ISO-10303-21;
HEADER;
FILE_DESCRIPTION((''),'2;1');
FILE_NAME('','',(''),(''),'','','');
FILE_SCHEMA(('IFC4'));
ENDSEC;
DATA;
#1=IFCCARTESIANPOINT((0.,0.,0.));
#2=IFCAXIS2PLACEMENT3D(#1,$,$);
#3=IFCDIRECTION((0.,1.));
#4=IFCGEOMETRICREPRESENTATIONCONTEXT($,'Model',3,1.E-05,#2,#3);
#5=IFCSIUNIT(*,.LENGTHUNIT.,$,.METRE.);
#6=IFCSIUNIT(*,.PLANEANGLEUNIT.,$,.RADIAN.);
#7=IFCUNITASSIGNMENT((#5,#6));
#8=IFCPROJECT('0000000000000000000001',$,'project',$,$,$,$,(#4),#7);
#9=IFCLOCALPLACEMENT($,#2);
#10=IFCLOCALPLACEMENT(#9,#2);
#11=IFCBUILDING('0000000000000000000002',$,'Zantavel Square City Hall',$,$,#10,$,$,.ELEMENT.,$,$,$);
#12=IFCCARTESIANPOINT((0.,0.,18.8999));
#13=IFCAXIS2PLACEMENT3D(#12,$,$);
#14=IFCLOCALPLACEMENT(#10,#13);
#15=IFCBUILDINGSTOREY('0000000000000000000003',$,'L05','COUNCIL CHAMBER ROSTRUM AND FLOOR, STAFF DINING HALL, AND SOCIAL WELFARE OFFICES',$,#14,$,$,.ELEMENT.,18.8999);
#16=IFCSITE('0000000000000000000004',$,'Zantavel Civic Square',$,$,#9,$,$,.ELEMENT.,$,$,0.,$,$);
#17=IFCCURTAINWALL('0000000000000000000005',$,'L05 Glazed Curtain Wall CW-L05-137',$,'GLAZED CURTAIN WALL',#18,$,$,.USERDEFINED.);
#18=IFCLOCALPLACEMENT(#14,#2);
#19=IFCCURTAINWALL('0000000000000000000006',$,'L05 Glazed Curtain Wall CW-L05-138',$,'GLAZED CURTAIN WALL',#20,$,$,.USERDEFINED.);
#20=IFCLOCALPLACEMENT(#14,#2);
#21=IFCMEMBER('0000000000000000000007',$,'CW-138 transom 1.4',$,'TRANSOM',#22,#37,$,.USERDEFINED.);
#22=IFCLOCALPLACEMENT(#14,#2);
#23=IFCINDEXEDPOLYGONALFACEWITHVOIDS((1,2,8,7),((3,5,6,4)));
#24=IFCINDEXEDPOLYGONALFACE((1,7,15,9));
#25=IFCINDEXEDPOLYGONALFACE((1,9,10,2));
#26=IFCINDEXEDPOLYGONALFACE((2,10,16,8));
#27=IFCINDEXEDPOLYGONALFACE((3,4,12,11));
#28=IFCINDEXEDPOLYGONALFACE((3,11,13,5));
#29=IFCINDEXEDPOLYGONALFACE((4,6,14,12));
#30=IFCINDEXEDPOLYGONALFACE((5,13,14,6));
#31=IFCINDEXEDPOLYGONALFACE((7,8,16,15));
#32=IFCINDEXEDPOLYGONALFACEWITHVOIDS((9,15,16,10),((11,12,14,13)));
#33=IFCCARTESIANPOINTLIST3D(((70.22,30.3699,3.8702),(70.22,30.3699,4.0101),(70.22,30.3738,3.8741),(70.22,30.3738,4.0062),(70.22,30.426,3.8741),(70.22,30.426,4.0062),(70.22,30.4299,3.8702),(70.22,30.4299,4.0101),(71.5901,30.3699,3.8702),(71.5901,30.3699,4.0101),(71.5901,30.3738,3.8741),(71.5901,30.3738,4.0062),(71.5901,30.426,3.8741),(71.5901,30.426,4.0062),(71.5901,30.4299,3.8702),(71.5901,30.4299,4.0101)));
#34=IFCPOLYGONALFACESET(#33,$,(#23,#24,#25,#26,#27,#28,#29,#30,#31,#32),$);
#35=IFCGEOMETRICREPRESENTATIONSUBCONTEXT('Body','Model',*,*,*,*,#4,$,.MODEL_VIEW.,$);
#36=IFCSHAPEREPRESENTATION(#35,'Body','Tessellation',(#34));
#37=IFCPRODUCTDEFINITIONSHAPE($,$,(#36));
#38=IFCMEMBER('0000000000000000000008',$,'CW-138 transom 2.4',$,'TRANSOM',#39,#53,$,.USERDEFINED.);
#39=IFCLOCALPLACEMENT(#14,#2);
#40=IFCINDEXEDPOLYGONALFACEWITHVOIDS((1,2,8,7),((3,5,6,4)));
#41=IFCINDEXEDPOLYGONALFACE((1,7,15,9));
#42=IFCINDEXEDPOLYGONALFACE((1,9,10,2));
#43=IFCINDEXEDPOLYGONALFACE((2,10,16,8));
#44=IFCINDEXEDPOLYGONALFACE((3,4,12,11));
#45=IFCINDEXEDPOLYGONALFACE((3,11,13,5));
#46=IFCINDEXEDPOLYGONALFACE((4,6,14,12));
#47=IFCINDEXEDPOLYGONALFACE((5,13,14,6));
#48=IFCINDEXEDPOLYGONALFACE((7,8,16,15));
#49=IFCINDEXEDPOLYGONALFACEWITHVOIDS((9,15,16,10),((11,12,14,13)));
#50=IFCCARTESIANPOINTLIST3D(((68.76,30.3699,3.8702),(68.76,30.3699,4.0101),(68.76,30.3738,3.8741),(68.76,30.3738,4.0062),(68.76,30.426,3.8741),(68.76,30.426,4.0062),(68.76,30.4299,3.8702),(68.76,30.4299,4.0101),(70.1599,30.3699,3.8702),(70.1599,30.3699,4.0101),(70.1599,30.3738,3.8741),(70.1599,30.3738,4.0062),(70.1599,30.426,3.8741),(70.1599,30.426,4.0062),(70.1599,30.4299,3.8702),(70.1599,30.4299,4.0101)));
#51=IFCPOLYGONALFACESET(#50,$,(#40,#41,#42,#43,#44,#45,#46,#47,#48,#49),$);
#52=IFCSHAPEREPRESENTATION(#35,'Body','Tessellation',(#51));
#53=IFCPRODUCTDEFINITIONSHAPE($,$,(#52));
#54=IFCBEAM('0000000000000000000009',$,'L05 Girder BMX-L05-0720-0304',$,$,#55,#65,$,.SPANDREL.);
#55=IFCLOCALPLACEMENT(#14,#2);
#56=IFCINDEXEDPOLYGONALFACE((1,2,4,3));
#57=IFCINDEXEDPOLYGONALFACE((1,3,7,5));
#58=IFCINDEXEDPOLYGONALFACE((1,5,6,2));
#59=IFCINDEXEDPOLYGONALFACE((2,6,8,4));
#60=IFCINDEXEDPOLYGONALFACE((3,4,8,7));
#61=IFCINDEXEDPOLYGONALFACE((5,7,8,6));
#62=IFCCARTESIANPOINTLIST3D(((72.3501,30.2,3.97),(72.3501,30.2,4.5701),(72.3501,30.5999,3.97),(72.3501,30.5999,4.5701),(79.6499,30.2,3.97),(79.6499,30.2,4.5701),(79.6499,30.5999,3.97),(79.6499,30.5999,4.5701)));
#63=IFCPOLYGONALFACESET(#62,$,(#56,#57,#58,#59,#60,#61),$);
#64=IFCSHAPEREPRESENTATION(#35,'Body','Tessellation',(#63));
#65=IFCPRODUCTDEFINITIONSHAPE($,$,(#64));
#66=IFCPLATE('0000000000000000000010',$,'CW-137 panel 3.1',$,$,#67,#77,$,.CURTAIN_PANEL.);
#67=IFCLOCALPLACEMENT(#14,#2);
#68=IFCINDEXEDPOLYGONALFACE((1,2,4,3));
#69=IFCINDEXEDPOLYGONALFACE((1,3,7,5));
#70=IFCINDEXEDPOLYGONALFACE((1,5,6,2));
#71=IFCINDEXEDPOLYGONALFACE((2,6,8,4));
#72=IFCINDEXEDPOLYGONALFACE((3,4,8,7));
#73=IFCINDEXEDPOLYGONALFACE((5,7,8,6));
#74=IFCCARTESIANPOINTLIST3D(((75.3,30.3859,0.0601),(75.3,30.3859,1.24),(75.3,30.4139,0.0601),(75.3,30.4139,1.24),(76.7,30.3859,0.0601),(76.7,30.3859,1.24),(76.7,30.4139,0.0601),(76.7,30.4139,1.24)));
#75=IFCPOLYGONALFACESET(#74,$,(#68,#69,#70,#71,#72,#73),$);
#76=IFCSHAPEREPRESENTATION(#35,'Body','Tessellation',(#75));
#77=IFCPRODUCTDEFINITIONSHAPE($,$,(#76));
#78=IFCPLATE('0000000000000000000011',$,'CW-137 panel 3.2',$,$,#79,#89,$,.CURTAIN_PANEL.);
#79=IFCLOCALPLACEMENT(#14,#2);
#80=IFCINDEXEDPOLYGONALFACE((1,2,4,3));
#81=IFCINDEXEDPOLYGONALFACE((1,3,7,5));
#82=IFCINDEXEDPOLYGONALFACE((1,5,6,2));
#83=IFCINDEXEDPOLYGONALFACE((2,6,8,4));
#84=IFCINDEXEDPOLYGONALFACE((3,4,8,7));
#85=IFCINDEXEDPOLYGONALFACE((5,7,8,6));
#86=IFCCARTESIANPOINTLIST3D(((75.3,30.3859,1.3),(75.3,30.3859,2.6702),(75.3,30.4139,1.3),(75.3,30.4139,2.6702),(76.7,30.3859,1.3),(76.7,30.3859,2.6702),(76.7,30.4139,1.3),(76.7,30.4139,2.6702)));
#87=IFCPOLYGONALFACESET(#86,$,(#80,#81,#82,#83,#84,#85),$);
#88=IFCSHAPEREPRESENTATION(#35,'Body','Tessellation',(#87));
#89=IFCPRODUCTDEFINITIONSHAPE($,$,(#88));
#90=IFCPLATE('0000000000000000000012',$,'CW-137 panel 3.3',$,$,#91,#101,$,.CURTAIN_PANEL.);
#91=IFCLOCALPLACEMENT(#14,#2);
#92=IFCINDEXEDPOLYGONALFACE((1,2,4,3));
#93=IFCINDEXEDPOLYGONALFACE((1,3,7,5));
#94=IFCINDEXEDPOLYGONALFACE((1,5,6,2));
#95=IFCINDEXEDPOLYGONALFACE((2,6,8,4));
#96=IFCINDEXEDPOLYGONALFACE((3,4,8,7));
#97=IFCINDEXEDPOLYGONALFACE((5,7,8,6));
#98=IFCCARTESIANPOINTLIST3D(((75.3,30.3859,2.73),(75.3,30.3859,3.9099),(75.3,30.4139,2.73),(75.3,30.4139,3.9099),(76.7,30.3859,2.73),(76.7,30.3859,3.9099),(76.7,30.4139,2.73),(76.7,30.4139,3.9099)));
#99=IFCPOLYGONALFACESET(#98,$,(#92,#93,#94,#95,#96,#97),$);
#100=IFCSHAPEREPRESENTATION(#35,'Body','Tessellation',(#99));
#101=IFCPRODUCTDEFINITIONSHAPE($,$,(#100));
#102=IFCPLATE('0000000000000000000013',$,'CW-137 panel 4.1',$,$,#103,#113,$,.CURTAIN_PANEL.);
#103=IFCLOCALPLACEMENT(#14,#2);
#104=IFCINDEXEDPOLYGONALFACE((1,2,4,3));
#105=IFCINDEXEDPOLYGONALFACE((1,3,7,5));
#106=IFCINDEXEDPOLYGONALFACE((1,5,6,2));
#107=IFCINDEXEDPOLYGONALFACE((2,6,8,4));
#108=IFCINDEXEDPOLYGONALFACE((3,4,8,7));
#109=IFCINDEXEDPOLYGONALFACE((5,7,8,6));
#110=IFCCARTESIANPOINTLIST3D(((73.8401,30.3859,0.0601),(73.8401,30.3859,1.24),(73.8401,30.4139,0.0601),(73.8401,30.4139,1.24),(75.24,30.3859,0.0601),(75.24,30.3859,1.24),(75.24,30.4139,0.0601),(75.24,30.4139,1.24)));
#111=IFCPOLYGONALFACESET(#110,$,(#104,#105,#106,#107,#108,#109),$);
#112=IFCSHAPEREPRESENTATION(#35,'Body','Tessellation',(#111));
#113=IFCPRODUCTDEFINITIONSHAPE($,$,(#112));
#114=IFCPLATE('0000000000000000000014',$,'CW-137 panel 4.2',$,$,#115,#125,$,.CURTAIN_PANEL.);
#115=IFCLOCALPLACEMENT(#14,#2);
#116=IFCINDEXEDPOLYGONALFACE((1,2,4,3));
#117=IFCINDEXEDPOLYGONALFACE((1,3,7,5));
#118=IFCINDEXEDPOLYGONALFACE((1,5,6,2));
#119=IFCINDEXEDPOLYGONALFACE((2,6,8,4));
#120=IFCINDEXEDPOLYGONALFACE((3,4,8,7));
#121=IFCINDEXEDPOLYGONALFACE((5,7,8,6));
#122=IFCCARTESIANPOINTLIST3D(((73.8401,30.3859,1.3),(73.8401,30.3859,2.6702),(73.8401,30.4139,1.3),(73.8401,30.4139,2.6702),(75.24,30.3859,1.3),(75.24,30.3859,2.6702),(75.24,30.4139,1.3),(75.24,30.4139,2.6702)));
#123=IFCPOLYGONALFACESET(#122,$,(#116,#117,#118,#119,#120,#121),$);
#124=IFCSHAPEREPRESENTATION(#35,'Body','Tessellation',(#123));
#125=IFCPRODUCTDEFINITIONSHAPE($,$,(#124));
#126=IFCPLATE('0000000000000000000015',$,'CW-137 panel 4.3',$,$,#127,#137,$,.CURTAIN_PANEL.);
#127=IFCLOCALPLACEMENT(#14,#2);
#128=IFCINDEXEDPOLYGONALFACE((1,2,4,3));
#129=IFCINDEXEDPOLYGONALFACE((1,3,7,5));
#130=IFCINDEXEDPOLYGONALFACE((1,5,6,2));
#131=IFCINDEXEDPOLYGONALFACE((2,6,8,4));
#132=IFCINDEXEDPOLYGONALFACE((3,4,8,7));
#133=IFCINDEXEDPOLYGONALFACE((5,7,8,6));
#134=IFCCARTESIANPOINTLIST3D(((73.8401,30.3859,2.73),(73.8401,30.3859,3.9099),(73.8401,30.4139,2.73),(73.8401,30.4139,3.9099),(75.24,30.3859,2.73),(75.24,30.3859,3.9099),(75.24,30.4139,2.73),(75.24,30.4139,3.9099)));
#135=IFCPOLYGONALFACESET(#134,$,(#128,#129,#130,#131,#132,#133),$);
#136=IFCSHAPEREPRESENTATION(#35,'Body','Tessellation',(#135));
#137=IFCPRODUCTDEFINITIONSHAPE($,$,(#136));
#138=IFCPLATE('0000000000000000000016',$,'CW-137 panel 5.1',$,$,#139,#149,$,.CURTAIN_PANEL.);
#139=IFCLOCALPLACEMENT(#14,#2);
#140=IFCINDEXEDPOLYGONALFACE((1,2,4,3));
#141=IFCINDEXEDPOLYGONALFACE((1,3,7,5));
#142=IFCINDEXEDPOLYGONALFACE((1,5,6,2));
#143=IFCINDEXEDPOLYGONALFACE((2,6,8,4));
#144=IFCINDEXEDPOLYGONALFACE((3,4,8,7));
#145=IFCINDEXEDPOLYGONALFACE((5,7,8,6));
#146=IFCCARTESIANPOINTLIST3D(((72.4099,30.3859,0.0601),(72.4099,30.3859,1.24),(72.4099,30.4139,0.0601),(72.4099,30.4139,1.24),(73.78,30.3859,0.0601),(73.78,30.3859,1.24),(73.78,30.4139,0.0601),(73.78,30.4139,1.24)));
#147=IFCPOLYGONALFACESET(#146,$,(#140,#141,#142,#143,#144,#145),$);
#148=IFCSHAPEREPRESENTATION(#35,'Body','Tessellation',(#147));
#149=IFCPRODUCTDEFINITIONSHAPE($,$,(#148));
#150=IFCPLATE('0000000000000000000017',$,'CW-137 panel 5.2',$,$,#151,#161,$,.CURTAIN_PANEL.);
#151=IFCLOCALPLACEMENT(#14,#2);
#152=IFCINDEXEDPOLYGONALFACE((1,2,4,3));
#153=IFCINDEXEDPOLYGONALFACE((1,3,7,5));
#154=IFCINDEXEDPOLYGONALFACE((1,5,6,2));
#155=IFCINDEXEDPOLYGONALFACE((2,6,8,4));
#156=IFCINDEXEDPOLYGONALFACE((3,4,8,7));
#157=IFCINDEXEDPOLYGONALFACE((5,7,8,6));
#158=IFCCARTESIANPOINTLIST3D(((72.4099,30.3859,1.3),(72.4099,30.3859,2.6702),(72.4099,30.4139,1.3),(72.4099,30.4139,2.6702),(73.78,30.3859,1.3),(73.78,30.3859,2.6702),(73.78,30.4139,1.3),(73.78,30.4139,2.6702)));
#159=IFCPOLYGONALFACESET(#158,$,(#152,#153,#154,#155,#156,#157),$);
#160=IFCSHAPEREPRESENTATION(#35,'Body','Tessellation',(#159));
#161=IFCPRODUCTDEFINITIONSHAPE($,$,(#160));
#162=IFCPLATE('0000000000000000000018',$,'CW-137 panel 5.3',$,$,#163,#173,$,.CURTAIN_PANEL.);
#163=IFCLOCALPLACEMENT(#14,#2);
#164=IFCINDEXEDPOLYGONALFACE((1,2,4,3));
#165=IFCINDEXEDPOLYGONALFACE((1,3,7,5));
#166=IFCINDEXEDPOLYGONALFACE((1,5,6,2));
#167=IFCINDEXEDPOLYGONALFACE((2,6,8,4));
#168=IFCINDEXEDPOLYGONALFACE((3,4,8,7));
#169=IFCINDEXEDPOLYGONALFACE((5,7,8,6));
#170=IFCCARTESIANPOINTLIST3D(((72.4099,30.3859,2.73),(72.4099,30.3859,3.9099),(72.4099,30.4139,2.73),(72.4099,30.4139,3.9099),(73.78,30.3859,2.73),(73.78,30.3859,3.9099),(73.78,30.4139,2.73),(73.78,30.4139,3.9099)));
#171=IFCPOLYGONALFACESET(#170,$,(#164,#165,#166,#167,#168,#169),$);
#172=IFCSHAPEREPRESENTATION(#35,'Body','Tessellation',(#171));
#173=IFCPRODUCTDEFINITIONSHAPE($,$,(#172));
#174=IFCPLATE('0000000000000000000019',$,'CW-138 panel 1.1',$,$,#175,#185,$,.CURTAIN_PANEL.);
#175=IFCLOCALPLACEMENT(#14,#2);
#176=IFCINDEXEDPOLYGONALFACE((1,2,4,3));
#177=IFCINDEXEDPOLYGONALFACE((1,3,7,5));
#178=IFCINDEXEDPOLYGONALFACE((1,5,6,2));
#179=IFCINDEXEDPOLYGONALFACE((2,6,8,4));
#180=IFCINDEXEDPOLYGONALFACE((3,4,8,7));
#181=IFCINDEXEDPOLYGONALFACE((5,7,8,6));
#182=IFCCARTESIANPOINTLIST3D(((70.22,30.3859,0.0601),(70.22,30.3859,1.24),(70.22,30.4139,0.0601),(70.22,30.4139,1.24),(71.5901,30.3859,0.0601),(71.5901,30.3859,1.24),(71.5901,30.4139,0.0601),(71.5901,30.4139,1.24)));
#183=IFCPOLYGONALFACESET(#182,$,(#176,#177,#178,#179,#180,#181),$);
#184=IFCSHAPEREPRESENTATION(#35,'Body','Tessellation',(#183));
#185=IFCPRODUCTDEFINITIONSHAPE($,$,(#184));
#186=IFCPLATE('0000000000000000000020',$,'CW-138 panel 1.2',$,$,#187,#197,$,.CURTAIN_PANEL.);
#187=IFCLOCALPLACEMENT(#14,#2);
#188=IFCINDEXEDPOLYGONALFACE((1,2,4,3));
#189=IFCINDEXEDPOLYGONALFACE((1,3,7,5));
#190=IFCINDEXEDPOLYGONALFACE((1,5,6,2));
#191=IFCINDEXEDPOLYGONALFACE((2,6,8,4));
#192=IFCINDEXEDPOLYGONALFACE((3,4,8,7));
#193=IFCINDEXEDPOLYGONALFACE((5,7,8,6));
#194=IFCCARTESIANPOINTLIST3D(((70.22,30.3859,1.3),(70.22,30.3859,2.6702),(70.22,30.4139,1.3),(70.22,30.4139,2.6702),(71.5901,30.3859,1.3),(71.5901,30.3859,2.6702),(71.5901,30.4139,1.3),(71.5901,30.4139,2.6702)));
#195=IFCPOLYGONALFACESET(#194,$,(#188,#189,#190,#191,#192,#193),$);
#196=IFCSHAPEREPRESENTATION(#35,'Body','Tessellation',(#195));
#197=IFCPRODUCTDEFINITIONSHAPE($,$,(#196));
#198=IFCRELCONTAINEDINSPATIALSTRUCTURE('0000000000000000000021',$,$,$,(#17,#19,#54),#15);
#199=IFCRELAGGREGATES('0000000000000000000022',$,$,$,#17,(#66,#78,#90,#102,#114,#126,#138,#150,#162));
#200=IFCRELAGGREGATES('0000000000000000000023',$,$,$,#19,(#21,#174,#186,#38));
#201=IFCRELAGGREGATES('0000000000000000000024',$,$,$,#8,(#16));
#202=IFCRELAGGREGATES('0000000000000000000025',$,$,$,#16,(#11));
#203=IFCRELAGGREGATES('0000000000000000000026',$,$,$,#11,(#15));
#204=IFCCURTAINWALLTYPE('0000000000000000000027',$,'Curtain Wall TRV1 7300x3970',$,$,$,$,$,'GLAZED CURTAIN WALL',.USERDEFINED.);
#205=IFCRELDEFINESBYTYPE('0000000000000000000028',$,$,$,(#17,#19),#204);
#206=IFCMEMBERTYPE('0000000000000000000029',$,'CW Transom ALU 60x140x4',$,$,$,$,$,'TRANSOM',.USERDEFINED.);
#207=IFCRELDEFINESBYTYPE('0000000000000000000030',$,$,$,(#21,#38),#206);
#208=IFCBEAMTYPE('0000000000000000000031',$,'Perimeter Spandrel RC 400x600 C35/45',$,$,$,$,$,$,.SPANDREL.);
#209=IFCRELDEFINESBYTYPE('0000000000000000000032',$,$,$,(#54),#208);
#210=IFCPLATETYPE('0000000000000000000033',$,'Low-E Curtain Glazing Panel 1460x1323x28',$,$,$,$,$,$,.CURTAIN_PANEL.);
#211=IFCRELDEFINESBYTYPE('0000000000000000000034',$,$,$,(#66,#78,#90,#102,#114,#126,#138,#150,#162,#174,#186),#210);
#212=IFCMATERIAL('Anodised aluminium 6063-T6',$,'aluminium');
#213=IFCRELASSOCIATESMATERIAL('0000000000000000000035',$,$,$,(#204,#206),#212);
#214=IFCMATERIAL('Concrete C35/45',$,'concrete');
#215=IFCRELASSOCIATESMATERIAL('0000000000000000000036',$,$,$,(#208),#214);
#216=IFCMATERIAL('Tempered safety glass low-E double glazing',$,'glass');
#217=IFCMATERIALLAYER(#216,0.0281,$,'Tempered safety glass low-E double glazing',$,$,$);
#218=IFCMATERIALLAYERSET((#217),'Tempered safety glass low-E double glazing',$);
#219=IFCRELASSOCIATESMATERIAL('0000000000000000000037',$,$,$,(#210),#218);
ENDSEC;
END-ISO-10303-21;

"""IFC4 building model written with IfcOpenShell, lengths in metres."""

from ifc_helpers import new_model, si_unit, direction, frame, origin, origin_2d, place, context, subcontext, project, spatial, rectangle, hollow_rectangle, extrude, material, layer, layer_set, material_profile, profile_set, type_object, element, aggregate, save


model = new_model("IFC4")

# Units and contexts
model_context = context("Model", 3, precision=1e-05, world=origin(), true_north=direction((0.0, 1.0)))
body_context = subcontext(model_context, "Body", "Model", "MODEL_VIEW")
ifc_project = project(units=[si_unit("LENGTHUNIT", "METRE"), si_unit("PLANEANGLEUNIT", "RADIAN")], contexts=[model_context])

# Site, building, storey
site_placement = place(None, origin())
site = spatial("IfcSite", under=ifc_project, at=site_placement, Name="Zantavel Civic Square", CompositionType="ELEMENT", RefElevation=0.0)
building_placement = place(site_placement, origin())
building = spatial("IfcBuilding", under=site, at=building_placement, Name="Zantavel Square City Hall", CompositionType="ELEMENT")
storey_placement = place(building_placement, frame((0.0, 0.0, 18.8999)))
storey = spatial("IfcBuildingStorey", under=building, at=storey_placement, Name="L05", Description="COUNCIL CHAMBER ROSTRUM AND FLOOR, STAFF DINING HALL, AND SOCIAL WELFARE OFFICES", CompositionType="ELEMENT", Elevation=18.8999)

# Curtain walls
ifc_material_1 = material(Name="Anodised aluminium 6063-T6", Category="aluminium")
curtain_wall_type = type_object("IfcCurtainWallType", Name="Curtain Wall TRV1 7300x3970", ElementType="GLAZED CURTAIN WALL", PredefinedType="USERDEFINED", material=ifc_material_1)
curtain_wall_1_placement = place(storey_placement, origin())
curtain_wall_1 = element("IfcCurtainWall", 1, at=curtain_wall_1_placement, inside=storey, type_object=curtain_wall_type, Name="L05 Glazed Curtain Wall CW-L05-137", ObjectType="GLAZED CURTAIN WALL", PredefinedType="USERDEFINED")
curtain_wall_2_placement = place(storey_placement, origin())
curtain_wall_2 = element("IfcCurtainWall", 2, at=curtain_wall_2_placement, inside=storey, type_object=curtain_wall_type, Name="L05 Glazed Curtain Wall CW-L05-138", ObjectType="GLAZED CURTAIN WALL", PredefinedType="USERDEFINED")

# Members
ifc_material_profile_1 = material_profile(ifc_material_1, hollow_rectangle(XDim=0.0601, YDim=0.1399, WallThickness=0.0039, at=origin_2d()), Name="ALU 60x140x4")
ifc_profile_set_1 = profile_set([ifc_material_profile_1], Name="Anodised aluminium 6063-T6")
member_type_1 = type_object("IfcMemberType", Name="CW Transom ALU 60x140x4", ElementType="TRANSOM", PredefinedType="USERDEFINED", material=ifc_profile_set_1)
member_1_placement = place(storey_placement, frame((71.5901, 30.3999, 3.9402), z_axis=(-1.0, 0.0, 0.0), x_axis=(0.0, -1.0, 0.0)))
member_1 = element("IfcMember", 3, at=member_1_placement, type_object=member_type_1, Name="CW-138 transom 1.4", ObjectType="TRANSOM", PredefinedType="USERDEFINED", context=body_context, shape_type="SweptSolid", body=[
    extrude(hollow_rectangle(XDim=0.0601, YDim=0.1399, WallThickness=0.0039, at=origin_2d()), origin(), (0.0, 0.0, 1.0), 1.3701),
])
member_2_placement = place(storey_placement, frame((70.1599, 30.3999, 3.9402), z_axis=(-1.0, 0.0, 0.0), x_axis=(0.0, -1.0, 0.0)))
member_2 = element("IfcMember", 4, at=member_2_placement, type_object=member_type_1, Name="CW-138 transom 2.4", ObjectType="TRANSOM", PredefinedType="USERDEFINED", context=body_context, shape_type="SweptSolid", body=[
    extrude(hollow_rectangle(XDim=0.0601, YDim=0.1399, WallThickness=0.0039, at=origin_2d()), origin(), (0.0, 0.0, 1.0), 1.3999),
])

# Beam
ifc_material_2 = material(Name="Concrete C35/45", Category="concrete")
ifc_material_profile_2 = material_profile(ifc_material_2, rectangle(XDim=0.3999, YDim=0.6001, at=origin_2d()), Name="RC 400x600")
ifc_profile_set_2 = profile_set([ifc_material_profile_2], Name="Concrete C35/45")
beam_type = type_object("IfcBeamType", Name="Perimeter Spandrel RC 400x600 C35/45", PredefinedType="SPANDREL", material=ifc_profile_set_2)
beam_placement = place(storey_placement, frame((72.3501, 30.3999, 4.27), z_axis=(1.0, 0.0, 0.0), x_axis=(0.0, 1.0, 0.0)))
element("IfcBeam", 5, at=beam_placement, inside=storey, type_object=beam_type, Name="L05 Girder BMX-L05-0720-0304", PredefinedType="SPANDREL", context=body_context, shape_type="SweptSolid", body=[
    extrude(rectangle(XDim=0.3999, YDim=0.6001, at=origin_2d()), origin(), (0.0, 0.0, 1.0), 7.2998),
])

# Plates
ifc_material_3 = material(Name="Tempered safety glass low-E double glazing", Category="glass")
ifc_layer = layer(ifc_material_3, 0.0281, Name="Tempered safety glass low-E double glazing")
ifc_layer_set = layer_set([ifc_layer], Name="Tempered safety glass low-E double glazing")
plate_type = type_object("IfcPlateType", Name="Low-E Curtain Glazing Panel 1460x1323x28", PredefinedType="CURTAIN_PANEL", material=ifc_layer_set)
plate_1_placement = place(storey_placement, frame((76.0, 30.3999, 0.0601), z_axis=(0.0, 0.0, 1.0), x_axis=(-1.0, 0.0, 0.0)))
plate_1 = element("IfcPlate", 6, at=plate_1_placement, type_object=plate_type, Name="CW-137 panel 3.1", PredefinedType="CURTAIN_PANEL", context=body_context, shape_type="SweptSolid", body=[
    extrude(rectangle(XDim=1.3999, YDim=0.0281, at=origin_2d()), origin(), (0.0, 0.0, 1.0), 1.1799),
])
plate_2_placement = place(storey_placement, frame((76.0, 30.3999, 1.3), z_axis=(0.0, 0.0, 1.0), x_axis=(-1.0, 0.0, 0.0)))
plate_2 = element("IfcPlate", 7, at=plate_2_placement, type_object=plate_type, Name="CW-137 panel 3.2", PredefinedType="CURTAIN_PANEL", context=body_context, shape_type="SweptSolid", body=[
    extrude(rectangle(XDim=1.3999, YDim=0.0281, at=origin_2d()), origin(), (0.0, 0.0, 1.0), 1.3701),
])
plate_3_placement = place(storey_placement, frame((76.0, 30.3999, 2.73), z_axis=(0.0, 0.0, 1.0), x_axis=(-1.0, 0.0, 0.0)))
plate_3 = element("IfcPlate", 8, at=plate_3_placement, type_object=plate_type, Name="CW-137 panel 3.3", PredefinedType="CURTAIN_PANEL", context=body_context, shape_type="SweptSolid", body=[
    extrude(rectangle(XDim=1.3999, YDim=0.0281, at=origin_2d()), origin(), (0.0, 0.0, 1.0), 1.1799),
])
plate_4_placement = place(storey_placement, frame((74.54, 30.3999, 0.0601), z_axis=(0.0, 0.0, 1.0), x_axis=(-1.0, 0.0, 0.0)))
plate_4 = element("IfcPlate", 9, at=plate_4_placement, type_object=plate_type, Name="CW-137 panel 4.1", PredefinedType="CURTAIN_PANEL", context=body_context, shape_type="SweptSolid", body=[
    extrude(rectangle(XDim=1.3999, YDim=0.0281, at=origin_2d()), origin(), (0.0, 0.0, 1.0), 1.1799),
])
plate_5_placement = place(storey_placement, frame((74.54, 30.3999, 1.3), z_axis=(0.0, 0.0, 1.0), x_axis=(-1.0, 0.0, 0.0)))
plate_5 = element("IfcPlate", 10, at=plate_5_placement, type_object=plate_type, Name="CW-137 panel 4.2", PredefinedType="CURTAIN_PANEL", context=body_context, shape_type="SweptSolid", body=[
    extrude(rectangle(XDim=1.3999, YDim=0.0281, at=origin_2d()), origin(), (0.0, 0.0, 1.0), 1.3701),
])
plate_6_placement = place(storey_placement, frame((74.54, 30.3999, 2.73), z_axis=(0.0, 0.0, 1.0), x_axis=(-1.0, 0.0, 0.0)))
plate_6 = element("IfcPlate", 11, at=plate_6_placement, type_object=plate_type, Name="CW-137 panel 4.3", PredefinedType="CURTAIN_PANEL", context=body_context, shape_type="SweptSolid", body=[
    extrude(rectangle(XDim=1.3999, YDim=0.0281, at=origin_2d()), origin(), (0.0, 0.0, 1.0), 1.1799),
])
plate_7_placement = place(storey_placement, frame((73.095, 30.3999, 0.0601), z_axis=(0.0, 0.0, 1.0), x_axis=(-1.0, 0.0, 0.0)))
plate_7 = element("IfcPlate", 12, at=plate_7_placement, type_object=plate_type, Name="CW-137 panel 5.1", PredefinedType="CURTAIN_PANEL", context=body_context, shape_type="SweptSolid", body=[
    extrude(rectangle(XDim=1.3701, YDim=0.0281, at=origin_2d()), origin(), (0.0, 0.0, 1.0), 1.1799),
])
plate_8_placement = place(storey_placement, frame((73.095, 30.3999, 1.3), z_axis=(0.0, 0.0, 1.0), x_axis=(-1.0, 0.0, 0.0)))
plate_8 = element("IfcPlate", 13, at=plate_8_placement, type_object=plate_type, Name="CW-137 panel 5.2", PredefinedType="CURTAIN_PANEL", context=body_context, shape_type="SweptSolid", body=[
    extrude(rectangle(XDim=1.3701, YDim=0.0281, at=origin_2d()), origin(), (0.0, 0.0, 1.0), 1.3701),
])
plate_9_placement = place(storey_placement, frame((73.095, 30.3999, 2.73), z_axis=(0.0, 0.0, 1.0), x_axis=(-1.0, 0.0, 0.0)))
plate_9 = element("IfcPlate", 14, at=plate_9_placement, type_object=plate_type, Name="CW-137 panel 5.3", PredefinedType="CURTAIN_PANEL", context=body_context, shape_type="SweptSolid", body=[
    extrude(rectangle(XDim=1.3701, YDim=0.0281, at=origin_2d()), origin(), (0.0, 0.0, 1.0), 1.1799),
])
aggregate(curtain_wall_1, [plate_1, plate_2, plate_3, plate_4, plate_5, plate_6, plate_7, plate_8, plate_9])
plate_10_placement = place(storey_placement, frame((70.905, 30.3999, 0.0601), z_axis=(0.0, 0.0, 1.0), x_axis=(-1.0, 0.0, 0.0)))
plate_10 = element("IfcPlate", 15, at=plate_10_placement, type_object=plate_type, Name="CW-138 panel 1.1", PredefinedType="CURTAIN_PANEL", context=body_context, shape_type="SweptSolid", body=[
    extrude(rectangle(XDim=1.3701, YDim=0.0281, at=origin_2d()), origin(), (0.0, 0.0, 1.0), 1.1799),
])
plate_11_placement = place(storey_placement, frame((70.905, 30.3999, 1.3), z_axis=(0.0, 0.0, 1.0), x_axis=(-1.0, 0.0, 0.0)))
plate_11 = element("IfcPlate", 16, at=plate_11_placement, type_object=plate_type, Name="CW-138 panel 1.2", PredefinedType="CURTAIN_PANEL", context=body_context, shape_type="SweptSolid", body=[
    extrude(rectangle(XDim=1.3701, YDim=0.0281, at=origin_2d()), origin(), (0.0, 0.0, 1.0), 1.3701),
])
aggregate(curtain_wall_2, [member_1, plate_10, plate_11, member_2])

save(model, "model.ifc")
